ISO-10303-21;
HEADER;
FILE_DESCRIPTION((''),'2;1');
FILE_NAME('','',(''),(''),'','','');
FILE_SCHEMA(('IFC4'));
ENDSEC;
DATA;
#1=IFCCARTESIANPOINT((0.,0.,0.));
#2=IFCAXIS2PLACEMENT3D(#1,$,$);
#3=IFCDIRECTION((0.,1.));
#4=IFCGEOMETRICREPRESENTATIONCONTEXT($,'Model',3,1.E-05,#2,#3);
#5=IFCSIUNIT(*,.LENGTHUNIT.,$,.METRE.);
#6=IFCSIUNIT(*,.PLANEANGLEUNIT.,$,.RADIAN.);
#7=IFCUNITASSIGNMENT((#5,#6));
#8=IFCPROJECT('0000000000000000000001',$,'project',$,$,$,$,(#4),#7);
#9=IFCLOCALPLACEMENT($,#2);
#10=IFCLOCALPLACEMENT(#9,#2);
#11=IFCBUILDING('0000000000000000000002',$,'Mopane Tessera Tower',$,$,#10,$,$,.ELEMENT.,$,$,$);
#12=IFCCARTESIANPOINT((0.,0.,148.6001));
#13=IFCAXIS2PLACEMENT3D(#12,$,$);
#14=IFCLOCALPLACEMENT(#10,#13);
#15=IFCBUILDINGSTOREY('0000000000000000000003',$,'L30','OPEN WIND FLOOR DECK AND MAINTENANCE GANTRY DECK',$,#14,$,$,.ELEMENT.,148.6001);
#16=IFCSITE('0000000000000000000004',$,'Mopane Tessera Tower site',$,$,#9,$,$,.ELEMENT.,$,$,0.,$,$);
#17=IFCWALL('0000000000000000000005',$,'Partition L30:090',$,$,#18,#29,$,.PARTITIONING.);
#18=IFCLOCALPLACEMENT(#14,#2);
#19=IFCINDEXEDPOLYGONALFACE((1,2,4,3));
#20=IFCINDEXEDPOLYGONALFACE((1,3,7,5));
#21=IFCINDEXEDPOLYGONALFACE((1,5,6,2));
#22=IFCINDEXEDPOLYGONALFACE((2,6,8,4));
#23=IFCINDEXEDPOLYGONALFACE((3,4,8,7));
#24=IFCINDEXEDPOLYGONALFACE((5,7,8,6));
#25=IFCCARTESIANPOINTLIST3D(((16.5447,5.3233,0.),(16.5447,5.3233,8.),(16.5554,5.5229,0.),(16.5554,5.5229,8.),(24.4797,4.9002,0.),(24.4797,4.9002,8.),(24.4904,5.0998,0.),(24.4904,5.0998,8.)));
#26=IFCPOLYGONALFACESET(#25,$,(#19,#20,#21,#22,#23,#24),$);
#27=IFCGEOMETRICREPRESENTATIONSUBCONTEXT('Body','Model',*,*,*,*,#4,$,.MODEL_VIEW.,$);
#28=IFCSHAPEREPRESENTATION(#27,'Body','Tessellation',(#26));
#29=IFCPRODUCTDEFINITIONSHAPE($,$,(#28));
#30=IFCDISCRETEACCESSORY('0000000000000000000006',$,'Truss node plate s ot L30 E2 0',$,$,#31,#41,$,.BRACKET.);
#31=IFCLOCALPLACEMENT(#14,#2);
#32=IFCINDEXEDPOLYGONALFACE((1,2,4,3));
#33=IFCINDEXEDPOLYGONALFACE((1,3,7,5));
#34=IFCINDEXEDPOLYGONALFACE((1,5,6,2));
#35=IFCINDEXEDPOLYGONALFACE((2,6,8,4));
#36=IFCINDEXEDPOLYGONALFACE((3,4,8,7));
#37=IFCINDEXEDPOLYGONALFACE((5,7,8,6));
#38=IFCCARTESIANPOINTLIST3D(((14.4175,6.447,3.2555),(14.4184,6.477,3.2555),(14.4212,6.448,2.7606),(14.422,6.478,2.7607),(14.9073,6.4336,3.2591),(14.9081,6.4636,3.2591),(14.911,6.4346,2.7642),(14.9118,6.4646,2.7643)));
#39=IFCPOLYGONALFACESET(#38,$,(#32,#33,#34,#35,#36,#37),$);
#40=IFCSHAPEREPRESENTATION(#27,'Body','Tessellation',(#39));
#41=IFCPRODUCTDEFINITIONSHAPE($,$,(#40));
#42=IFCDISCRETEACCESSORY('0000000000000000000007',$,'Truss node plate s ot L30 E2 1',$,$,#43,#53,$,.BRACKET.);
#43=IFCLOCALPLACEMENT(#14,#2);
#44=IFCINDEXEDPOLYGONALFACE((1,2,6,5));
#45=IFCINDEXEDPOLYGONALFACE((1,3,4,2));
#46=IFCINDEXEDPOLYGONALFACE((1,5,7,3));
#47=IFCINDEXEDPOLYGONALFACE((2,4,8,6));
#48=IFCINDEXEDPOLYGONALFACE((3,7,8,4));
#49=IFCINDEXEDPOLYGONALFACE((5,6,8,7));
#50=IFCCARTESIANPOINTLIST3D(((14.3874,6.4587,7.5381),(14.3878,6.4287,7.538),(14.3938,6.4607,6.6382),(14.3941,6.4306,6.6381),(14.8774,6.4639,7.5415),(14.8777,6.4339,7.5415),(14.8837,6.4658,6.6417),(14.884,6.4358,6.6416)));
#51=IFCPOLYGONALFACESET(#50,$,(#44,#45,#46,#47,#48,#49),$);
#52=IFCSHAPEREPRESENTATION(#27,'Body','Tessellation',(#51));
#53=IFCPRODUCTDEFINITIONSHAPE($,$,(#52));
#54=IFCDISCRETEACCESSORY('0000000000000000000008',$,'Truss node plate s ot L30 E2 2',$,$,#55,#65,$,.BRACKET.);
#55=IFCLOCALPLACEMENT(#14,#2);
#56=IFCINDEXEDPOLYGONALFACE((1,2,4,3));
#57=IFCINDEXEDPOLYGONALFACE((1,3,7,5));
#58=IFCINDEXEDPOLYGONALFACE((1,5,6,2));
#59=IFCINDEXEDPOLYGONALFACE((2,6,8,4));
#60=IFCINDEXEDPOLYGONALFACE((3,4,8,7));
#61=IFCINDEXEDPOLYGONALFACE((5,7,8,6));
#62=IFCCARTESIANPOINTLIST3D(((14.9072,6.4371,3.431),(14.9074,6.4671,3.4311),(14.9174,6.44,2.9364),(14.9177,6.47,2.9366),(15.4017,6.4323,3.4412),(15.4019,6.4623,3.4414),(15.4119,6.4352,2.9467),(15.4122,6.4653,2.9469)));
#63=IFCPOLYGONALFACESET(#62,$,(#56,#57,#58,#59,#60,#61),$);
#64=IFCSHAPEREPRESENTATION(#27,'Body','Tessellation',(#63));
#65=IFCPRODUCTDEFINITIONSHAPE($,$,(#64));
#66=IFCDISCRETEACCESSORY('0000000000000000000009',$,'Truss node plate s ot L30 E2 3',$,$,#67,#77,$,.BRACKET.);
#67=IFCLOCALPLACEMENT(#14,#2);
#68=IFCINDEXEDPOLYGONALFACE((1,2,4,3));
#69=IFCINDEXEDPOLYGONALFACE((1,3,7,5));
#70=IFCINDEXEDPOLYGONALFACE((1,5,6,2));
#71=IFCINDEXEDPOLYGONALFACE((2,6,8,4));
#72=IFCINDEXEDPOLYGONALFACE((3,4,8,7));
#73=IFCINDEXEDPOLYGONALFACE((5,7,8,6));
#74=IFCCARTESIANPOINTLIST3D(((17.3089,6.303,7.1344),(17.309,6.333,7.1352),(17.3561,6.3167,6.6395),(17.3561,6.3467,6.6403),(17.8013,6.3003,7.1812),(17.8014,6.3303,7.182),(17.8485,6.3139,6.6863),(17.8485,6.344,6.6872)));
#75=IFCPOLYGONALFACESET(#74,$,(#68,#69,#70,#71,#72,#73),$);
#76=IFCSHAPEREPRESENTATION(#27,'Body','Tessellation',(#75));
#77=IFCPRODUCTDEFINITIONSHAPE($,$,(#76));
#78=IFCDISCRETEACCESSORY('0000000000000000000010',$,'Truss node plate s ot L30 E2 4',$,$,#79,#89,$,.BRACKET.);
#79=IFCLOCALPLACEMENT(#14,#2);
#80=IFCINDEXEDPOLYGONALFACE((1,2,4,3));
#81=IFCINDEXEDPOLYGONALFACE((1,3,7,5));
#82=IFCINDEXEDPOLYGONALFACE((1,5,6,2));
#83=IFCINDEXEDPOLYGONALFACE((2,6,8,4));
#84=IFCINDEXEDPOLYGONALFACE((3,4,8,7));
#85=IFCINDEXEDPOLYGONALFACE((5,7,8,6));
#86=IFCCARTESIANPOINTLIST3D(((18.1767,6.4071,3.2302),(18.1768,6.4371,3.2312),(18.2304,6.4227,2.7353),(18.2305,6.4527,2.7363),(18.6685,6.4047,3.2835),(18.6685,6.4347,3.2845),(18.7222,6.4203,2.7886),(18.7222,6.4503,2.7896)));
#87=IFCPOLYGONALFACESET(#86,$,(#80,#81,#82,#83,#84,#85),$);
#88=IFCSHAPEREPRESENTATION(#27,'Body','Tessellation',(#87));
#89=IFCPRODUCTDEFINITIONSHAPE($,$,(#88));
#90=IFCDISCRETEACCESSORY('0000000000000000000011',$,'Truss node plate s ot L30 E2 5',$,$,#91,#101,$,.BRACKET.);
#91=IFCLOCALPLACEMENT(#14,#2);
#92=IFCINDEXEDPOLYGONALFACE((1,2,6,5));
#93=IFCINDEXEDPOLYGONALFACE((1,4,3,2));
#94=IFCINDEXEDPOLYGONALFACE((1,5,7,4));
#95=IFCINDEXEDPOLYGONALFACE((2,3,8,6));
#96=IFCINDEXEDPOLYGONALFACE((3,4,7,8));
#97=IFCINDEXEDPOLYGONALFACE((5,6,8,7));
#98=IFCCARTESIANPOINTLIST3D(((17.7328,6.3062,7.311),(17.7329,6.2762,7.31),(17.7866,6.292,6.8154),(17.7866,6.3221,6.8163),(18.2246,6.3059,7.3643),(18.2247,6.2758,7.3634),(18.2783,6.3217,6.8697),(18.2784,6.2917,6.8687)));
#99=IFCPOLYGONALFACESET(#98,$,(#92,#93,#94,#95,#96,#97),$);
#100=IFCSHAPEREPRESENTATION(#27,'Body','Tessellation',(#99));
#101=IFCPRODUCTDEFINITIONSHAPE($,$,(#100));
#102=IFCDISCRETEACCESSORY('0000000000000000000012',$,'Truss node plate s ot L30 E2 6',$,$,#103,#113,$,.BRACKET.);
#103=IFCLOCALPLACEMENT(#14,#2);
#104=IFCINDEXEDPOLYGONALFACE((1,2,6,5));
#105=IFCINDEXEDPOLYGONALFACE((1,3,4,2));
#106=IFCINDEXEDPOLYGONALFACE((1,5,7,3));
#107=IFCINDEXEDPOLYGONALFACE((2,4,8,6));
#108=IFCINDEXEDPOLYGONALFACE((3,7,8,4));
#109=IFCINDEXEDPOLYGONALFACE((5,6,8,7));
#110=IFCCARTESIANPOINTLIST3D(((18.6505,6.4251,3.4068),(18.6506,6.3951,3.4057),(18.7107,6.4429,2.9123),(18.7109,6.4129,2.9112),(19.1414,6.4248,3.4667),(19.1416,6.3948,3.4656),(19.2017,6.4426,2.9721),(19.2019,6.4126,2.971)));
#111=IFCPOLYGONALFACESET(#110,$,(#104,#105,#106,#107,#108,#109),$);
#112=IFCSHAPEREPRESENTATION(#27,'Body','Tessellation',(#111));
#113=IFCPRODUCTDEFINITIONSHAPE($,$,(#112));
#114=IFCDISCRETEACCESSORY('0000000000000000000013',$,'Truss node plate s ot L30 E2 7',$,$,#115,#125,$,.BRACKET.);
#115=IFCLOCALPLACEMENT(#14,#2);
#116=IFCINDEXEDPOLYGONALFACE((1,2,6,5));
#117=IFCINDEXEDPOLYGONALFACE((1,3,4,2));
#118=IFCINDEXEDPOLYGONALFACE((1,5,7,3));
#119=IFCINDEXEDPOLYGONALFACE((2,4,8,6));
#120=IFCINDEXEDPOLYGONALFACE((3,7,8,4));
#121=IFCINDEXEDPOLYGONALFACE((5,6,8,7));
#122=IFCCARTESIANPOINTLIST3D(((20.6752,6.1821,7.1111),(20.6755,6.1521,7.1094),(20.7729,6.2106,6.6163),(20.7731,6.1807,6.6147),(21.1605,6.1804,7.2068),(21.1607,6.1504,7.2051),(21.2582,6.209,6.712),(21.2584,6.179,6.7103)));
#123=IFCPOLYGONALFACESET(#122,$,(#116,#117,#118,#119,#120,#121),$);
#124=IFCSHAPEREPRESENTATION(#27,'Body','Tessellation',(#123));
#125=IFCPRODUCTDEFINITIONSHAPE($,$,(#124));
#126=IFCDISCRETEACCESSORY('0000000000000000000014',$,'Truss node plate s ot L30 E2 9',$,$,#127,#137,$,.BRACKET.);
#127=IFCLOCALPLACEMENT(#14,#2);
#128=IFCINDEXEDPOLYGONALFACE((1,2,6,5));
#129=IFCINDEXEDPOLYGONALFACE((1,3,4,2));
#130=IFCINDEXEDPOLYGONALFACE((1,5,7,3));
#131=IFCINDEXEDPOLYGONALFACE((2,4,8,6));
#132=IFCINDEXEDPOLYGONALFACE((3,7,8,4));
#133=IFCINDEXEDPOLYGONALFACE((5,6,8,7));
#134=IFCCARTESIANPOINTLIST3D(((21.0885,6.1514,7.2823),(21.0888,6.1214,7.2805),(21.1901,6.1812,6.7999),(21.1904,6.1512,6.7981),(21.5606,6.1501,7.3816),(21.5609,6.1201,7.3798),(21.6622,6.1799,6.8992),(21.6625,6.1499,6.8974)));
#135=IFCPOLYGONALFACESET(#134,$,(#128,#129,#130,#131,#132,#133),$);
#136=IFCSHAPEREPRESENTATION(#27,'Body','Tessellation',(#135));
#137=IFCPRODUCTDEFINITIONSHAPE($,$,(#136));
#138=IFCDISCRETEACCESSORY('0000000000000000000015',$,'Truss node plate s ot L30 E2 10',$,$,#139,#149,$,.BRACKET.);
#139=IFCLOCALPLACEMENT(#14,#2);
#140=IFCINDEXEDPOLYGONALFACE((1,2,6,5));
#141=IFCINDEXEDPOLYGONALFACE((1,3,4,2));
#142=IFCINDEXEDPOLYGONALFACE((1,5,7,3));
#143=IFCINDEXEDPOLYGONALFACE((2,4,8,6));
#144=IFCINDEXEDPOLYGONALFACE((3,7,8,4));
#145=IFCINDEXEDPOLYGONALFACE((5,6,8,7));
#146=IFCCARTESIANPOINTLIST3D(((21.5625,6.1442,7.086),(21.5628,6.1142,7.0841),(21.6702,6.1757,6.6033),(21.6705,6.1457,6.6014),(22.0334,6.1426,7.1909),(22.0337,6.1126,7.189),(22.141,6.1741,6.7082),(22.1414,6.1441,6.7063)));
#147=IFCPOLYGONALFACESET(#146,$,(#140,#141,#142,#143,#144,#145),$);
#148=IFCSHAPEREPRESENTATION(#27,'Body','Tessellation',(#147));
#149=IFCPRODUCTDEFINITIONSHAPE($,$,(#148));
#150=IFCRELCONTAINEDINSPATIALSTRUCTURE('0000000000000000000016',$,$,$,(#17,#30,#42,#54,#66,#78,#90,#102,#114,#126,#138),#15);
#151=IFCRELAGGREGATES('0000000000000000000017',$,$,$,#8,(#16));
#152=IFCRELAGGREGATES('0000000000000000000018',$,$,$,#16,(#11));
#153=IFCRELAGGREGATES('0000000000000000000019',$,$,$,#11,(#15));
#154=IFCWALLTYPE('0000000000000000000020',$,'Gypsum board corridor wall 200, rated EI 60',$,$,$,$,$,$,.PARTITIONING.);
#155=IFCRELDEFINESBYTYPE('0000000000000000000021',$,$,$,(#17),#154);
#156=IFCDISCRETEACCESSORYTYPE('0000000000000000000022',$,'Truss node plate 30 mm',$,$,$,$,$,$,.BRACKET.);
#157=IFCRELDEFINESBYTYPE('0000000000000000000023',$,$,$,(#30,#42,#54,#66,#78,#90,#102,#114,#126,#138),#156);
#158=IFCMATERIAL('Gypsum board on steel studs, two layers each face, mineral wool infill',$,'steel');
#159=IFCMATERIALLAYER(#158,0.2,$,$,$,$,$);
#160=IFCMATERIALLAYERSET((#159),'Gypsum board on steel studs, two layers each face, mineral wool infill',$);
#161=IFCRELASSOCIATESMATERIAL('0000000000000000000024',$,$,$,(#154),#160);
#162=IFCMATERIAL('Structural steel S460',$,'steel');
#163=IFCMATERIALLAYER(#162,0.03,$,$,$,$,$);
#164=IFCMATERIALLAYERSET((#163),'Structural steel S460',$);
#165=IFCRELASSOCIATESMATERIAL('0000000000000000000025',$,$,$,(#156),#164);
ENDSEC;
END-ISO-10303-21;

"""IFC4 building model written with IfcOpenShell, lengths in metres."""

from ifc_helpers import new_model, si_unit, direction, frame, frame_2d, origin, origin_2d, place, context, subcontext, project, spatial, rectangle, extrude, material, layer, layer_set, type_object, element, save


model = new_model("IFC4")

# Units and contexts
model_context = context("Model", 3, precision=1e-05, world=origin(), true_north=direction((0.0, 1.0)))
body_context = subcontext(model_context, "Body", "Model", "MODEL_VIEW")
ifc_project = project(units=[si_unit("LENGTHUNIT", "METRE"), si_unit("PLANEANGLEUNIT", "RADIAN")], contexts=[model_context])

# Site, building, storey
site_placement = place(None, origin())
site = spatial("IfcSite", under=ifc_project, at=site_placement, Name="Mopane Tessera Tower site", CompositionType="ELEMENT", RefElevation=0.0)
building_placement = place(site_placement, origin())
building = spatial("IfcBuilding", under=site, at=building_placement, Name="Mopane Tessera Tower", CompositionType="ELEMENT")
storey_placement = place(building_placement, frame((0.0, 0.0, 148.6001)))
storey = spatial("IfcBuildingStorey", under=building, at=storey_placement, Name="L30", Description="OPEN WIND FLOOR DECK AND MAINTENANCE GANTRY DECK", CompositionType="ELEMENT", Elevation=148.6001)

# Wall
ifc_material_1 = material(Name="Gypsum board on steel studs, two layers each face, mineral wool infill", Category="steel")
ifc_layer_1 = layer(ifc_material_1, 0.2)
ifc_layer_set_1 = layer_set([ifc_layer_1], Name="Gypsum board on steel studs, two layers each face, mineral wool infill")
wall_type = type_object("IfcWallType", Name="Gypsum board corridor wall 200, rated EI 60", PredefinedType="PARTITIONING", material=ifc_layer_set_1)
wall_1_placement = place(storey_placement, frame((16.55, 5.4231, 0.0), z_axis=(0.0, 0.0, 1.0), x_axis=(0.998582, -0.053244, 0.0)))
element("IfcWall", 1, at=wall_1_placement, inside=storey, type_object=wall_type, Name="Partition L30:090", PredefinedType="PARTITIONING", context=body_context, shape_type="SweptSolid", body=[
    extrude(rectangle(XDim=7.9463, YDim=0.2, at=frame_2d((3.9731, 0.0))), origin(), (0.0, 0.0, 1.0), 8.0),
])

# Discrete accessories
ifc_material_2 = material(Name="Structural steel S460", Category="steel")
ifc_layer_2 = layer(ifc_material_2, 0.03)
ifc_layer_set_2 = layer_set([ifc_layer_2], Name="Structural steel S460")
discrete_accessory_type = type_object("IfcDiscreteAccessoryType", Name="Truss node plate 30 mm", PredefinedType="BRACKET", material=ifc_layer_set_2)
discrete_accessory_1_placement = place(storey_placement, frame((14.6665, 6.4563, 2.7625), z_axis=(-0.0074, -0.001973, 0.999971), x_axis=(0.027342, 0.999624, 0.002175)))
element("IfcDiscreteAccessory", 2, at=discrete_accessory_1_placement, inside=storey, type_object=discrete_accessory_type, Name="Truss node plate s ot L30 E2 0", PredefinedType="BRACKET", context=body_context, shape_type="SweptSolid", body=[
    extrude(rectangle(XDim=0.03, YDim=0.49, at=origin_2d()), origin(), (0.0, 0.0, 1.0), 0.4949),
])
discrete_accessory_2_placement = place(storey_placement, frame((14.6389, 6.4482, 6.6399), z_axis=(-0.007054, -0.00217, 0.999973), x_axis=(-0.010551, 0.999942, 0.002096)))
element("IfcDiscreteAccessory", 3, at=discrete_accessory_2_placement, inside=storey, type_object=discrete_accessory_type, Name="Truss node plate s ot L30 E2 1", PredefinedType="BRACKET", context=body_context, shape_type="SweptSolid", body=[
    extrude(rectangle(XDim=0.03, YDim=0.49, at=origin_2d()), origin(), (0.0, 0.0, 1.0), 0.8999),
])
discrete_accessory_3_placement = place(storey_placement, frame((15.1648, 6.4526, 2.9417), z_axis=(-0.020726, -0.005922, 0.999768), x_axis=(0.009538, 0.999936, 0.00612)))
element("IfcDiscreteAccessory", 4, at=discrete_accessory_3_placement, inside=storey, type_object=discrete_accessory_type, Name="Truss node plate s ot L30 E2 2", PredefinedType="BRACKET", context=body_context, shape_type="SweptSolid", body=[
    extrude(rectangle(XDim=0.03, YDim=0.4946, at=origin_2d()), origin(), (0.0, 0.0, 1.0), 0.4946),
])
discrete_accessory_4_placement = place(storey_placement, frame((17.6023, 6.3303, 6.6633), z_axis=(-0.09475, -0.027492, 0.995121), x_axis=(0.002902, 0.999607, 0.027892)))
element("IfcDiscreteAccessory", 5, at=discrete_accessory_4_placement, inside=storey, type_object=discrete_accessory_type, Name="Truss node plate s ot L30 E2 3", PredefinedType="BRACKET", context=body_context, shape_type="SweptSolid", body=[
    extrude(rectangle(XDim=0.03, YDim=0.4946, at=origin_2d()), origin(), (0.0, 0.0, 1.0), 0.4973),
])
discrete_accessory_5_placement = place(storey_placement, frame((18.4763, 6.4365, 2.7625), z_axis=(-0.107848, -0.031374, 0.993672), x_axis=(0.001419, 0.999496, 0.031712)))
element("IfcDiscreteAccessory", 6, at=discrete_accessory_5_placement, inside=storey, type_object=discrete_accessory_type, Name="Truss node plate s ot L30 E2 4", PredefinedType="BRACKET", context=body_context, shape_type="SweptSolid", body=[
    extrude(rectangle(XDim=0.03, YDim=0.4946, at=origin_2d()), origin(), (0.0, 0.0, 1.0), 0.498),
])
discrete_accessory_6_placement = place(storey_placement, frame((18.0325, 6.3069, 6.8425), z_axis=(-0.107899, -0.031879, 0.993651), x_axis=(-0.002771, 0.999492, 0.031766)))
element("IfcDiscreteAccessory", 7, at=discrete_accessory_6_placement, inside=storey, type_object=discrete_accessory_type, Name="Truss node plate s ot L30 E2 5", PredefinedType="BRACKET", context=body_context, shape_type="SweptSolid", body=[
    extrude(rectangle(XDim=0.03, YDim=0.4946, at=origin_2d()), origin(), (0.0, 0.0, 1.0), 0.4978),
])
discrete_accessory_7_placement = place(storey_placement, frame((18.9563, 6.4277, 2.9417), z_axis=(-0.120942, -0.035744, 0.992016), x_axis=(-0.003743, 0.999361, 0.035552)))
element("IfcDiscreteAccessory", 8, at=discrete_accessory_7_placement, inside=storey, type_object=discrete_accessory_type, Name="Truss node plate s ot L30 E2 6", PredefinedType="BRACKET", context=body_context, shape_type="SweptSolid", body=[
    extrude(rectangle(XDim=0.03, YDim=0.4946, at=origin_2d()), origin(), (0.0, 0.0, 1.0), 0.4985),
])
discrete_accessory_8_placement = place(storey_placement, frame((21.0156, 6.1948, 6.6633), z_axis=(-0.193293, -0.056538, 0.979511), x_axis=(-0.007652, 0.998395, 0.056118)))
element("IfcDiscreteAccessory", 9, at=discrete_accessory_8_placement, inside=storey, type_object=discrete_accessory_type, Name="Truss node plate s ot L30 E2 7", PredefinedType="BRACKET", context=body_context, shape_type="SweptSolid", body=[
    extrude(rectangle(XDim=0.03, YDim=0.4946, at=origin_2d()), origin(), (0.0, 0.0, 1.0), 0.5051),
])
discrete_accessory_9_placement = place(storey_placement, frame((21.4263, 6.1655, 6.8486), z_axis=(-0.205636, -0.060307, 0.976769), x_axis=(-0.009834, 0.998176, 0.059558)))
element("IfcDiscreteAccessory", 10, at=discrete_accessory_9_placement, inside=storey, type_object=discrete_accessory_type, Name="Truss node plate s ot L30 E2 9", PredefinedType="BRACKET", context=body_context, shape_type="SweptSolid", body=[
    extrude(rectangle(XDim=0.03, YDim=0.4824, at=origin_2d()), origin(), (0.0, 0.0, 1.0), 0.4939),
])
discrete_accessory_10_placement = place(storey_placement, frame((21.9058, 6.1599, 6.6548), z_axis=(-0.217274, -0.063556, 0.974039), x_axis=(-0.010633, 0.997973, 0.062746)))
element("IfcDiscreteAccessory", 11, at=discrete_accessory_10_placement, inside=storey, type_object=discrete_accessory_type, Name="Truss node plate s ot L30 E2 10", PredefinedType="BRACKET", context=body_context, shape_type="SweptSolid", body=[
    extrude(rectangle(XDim=0.03, YDim=0.4824, at=origin_2d()), origin(), (0.0, 0.0, 1.0), 0.4956),
])

save(model, "model.ifc")
